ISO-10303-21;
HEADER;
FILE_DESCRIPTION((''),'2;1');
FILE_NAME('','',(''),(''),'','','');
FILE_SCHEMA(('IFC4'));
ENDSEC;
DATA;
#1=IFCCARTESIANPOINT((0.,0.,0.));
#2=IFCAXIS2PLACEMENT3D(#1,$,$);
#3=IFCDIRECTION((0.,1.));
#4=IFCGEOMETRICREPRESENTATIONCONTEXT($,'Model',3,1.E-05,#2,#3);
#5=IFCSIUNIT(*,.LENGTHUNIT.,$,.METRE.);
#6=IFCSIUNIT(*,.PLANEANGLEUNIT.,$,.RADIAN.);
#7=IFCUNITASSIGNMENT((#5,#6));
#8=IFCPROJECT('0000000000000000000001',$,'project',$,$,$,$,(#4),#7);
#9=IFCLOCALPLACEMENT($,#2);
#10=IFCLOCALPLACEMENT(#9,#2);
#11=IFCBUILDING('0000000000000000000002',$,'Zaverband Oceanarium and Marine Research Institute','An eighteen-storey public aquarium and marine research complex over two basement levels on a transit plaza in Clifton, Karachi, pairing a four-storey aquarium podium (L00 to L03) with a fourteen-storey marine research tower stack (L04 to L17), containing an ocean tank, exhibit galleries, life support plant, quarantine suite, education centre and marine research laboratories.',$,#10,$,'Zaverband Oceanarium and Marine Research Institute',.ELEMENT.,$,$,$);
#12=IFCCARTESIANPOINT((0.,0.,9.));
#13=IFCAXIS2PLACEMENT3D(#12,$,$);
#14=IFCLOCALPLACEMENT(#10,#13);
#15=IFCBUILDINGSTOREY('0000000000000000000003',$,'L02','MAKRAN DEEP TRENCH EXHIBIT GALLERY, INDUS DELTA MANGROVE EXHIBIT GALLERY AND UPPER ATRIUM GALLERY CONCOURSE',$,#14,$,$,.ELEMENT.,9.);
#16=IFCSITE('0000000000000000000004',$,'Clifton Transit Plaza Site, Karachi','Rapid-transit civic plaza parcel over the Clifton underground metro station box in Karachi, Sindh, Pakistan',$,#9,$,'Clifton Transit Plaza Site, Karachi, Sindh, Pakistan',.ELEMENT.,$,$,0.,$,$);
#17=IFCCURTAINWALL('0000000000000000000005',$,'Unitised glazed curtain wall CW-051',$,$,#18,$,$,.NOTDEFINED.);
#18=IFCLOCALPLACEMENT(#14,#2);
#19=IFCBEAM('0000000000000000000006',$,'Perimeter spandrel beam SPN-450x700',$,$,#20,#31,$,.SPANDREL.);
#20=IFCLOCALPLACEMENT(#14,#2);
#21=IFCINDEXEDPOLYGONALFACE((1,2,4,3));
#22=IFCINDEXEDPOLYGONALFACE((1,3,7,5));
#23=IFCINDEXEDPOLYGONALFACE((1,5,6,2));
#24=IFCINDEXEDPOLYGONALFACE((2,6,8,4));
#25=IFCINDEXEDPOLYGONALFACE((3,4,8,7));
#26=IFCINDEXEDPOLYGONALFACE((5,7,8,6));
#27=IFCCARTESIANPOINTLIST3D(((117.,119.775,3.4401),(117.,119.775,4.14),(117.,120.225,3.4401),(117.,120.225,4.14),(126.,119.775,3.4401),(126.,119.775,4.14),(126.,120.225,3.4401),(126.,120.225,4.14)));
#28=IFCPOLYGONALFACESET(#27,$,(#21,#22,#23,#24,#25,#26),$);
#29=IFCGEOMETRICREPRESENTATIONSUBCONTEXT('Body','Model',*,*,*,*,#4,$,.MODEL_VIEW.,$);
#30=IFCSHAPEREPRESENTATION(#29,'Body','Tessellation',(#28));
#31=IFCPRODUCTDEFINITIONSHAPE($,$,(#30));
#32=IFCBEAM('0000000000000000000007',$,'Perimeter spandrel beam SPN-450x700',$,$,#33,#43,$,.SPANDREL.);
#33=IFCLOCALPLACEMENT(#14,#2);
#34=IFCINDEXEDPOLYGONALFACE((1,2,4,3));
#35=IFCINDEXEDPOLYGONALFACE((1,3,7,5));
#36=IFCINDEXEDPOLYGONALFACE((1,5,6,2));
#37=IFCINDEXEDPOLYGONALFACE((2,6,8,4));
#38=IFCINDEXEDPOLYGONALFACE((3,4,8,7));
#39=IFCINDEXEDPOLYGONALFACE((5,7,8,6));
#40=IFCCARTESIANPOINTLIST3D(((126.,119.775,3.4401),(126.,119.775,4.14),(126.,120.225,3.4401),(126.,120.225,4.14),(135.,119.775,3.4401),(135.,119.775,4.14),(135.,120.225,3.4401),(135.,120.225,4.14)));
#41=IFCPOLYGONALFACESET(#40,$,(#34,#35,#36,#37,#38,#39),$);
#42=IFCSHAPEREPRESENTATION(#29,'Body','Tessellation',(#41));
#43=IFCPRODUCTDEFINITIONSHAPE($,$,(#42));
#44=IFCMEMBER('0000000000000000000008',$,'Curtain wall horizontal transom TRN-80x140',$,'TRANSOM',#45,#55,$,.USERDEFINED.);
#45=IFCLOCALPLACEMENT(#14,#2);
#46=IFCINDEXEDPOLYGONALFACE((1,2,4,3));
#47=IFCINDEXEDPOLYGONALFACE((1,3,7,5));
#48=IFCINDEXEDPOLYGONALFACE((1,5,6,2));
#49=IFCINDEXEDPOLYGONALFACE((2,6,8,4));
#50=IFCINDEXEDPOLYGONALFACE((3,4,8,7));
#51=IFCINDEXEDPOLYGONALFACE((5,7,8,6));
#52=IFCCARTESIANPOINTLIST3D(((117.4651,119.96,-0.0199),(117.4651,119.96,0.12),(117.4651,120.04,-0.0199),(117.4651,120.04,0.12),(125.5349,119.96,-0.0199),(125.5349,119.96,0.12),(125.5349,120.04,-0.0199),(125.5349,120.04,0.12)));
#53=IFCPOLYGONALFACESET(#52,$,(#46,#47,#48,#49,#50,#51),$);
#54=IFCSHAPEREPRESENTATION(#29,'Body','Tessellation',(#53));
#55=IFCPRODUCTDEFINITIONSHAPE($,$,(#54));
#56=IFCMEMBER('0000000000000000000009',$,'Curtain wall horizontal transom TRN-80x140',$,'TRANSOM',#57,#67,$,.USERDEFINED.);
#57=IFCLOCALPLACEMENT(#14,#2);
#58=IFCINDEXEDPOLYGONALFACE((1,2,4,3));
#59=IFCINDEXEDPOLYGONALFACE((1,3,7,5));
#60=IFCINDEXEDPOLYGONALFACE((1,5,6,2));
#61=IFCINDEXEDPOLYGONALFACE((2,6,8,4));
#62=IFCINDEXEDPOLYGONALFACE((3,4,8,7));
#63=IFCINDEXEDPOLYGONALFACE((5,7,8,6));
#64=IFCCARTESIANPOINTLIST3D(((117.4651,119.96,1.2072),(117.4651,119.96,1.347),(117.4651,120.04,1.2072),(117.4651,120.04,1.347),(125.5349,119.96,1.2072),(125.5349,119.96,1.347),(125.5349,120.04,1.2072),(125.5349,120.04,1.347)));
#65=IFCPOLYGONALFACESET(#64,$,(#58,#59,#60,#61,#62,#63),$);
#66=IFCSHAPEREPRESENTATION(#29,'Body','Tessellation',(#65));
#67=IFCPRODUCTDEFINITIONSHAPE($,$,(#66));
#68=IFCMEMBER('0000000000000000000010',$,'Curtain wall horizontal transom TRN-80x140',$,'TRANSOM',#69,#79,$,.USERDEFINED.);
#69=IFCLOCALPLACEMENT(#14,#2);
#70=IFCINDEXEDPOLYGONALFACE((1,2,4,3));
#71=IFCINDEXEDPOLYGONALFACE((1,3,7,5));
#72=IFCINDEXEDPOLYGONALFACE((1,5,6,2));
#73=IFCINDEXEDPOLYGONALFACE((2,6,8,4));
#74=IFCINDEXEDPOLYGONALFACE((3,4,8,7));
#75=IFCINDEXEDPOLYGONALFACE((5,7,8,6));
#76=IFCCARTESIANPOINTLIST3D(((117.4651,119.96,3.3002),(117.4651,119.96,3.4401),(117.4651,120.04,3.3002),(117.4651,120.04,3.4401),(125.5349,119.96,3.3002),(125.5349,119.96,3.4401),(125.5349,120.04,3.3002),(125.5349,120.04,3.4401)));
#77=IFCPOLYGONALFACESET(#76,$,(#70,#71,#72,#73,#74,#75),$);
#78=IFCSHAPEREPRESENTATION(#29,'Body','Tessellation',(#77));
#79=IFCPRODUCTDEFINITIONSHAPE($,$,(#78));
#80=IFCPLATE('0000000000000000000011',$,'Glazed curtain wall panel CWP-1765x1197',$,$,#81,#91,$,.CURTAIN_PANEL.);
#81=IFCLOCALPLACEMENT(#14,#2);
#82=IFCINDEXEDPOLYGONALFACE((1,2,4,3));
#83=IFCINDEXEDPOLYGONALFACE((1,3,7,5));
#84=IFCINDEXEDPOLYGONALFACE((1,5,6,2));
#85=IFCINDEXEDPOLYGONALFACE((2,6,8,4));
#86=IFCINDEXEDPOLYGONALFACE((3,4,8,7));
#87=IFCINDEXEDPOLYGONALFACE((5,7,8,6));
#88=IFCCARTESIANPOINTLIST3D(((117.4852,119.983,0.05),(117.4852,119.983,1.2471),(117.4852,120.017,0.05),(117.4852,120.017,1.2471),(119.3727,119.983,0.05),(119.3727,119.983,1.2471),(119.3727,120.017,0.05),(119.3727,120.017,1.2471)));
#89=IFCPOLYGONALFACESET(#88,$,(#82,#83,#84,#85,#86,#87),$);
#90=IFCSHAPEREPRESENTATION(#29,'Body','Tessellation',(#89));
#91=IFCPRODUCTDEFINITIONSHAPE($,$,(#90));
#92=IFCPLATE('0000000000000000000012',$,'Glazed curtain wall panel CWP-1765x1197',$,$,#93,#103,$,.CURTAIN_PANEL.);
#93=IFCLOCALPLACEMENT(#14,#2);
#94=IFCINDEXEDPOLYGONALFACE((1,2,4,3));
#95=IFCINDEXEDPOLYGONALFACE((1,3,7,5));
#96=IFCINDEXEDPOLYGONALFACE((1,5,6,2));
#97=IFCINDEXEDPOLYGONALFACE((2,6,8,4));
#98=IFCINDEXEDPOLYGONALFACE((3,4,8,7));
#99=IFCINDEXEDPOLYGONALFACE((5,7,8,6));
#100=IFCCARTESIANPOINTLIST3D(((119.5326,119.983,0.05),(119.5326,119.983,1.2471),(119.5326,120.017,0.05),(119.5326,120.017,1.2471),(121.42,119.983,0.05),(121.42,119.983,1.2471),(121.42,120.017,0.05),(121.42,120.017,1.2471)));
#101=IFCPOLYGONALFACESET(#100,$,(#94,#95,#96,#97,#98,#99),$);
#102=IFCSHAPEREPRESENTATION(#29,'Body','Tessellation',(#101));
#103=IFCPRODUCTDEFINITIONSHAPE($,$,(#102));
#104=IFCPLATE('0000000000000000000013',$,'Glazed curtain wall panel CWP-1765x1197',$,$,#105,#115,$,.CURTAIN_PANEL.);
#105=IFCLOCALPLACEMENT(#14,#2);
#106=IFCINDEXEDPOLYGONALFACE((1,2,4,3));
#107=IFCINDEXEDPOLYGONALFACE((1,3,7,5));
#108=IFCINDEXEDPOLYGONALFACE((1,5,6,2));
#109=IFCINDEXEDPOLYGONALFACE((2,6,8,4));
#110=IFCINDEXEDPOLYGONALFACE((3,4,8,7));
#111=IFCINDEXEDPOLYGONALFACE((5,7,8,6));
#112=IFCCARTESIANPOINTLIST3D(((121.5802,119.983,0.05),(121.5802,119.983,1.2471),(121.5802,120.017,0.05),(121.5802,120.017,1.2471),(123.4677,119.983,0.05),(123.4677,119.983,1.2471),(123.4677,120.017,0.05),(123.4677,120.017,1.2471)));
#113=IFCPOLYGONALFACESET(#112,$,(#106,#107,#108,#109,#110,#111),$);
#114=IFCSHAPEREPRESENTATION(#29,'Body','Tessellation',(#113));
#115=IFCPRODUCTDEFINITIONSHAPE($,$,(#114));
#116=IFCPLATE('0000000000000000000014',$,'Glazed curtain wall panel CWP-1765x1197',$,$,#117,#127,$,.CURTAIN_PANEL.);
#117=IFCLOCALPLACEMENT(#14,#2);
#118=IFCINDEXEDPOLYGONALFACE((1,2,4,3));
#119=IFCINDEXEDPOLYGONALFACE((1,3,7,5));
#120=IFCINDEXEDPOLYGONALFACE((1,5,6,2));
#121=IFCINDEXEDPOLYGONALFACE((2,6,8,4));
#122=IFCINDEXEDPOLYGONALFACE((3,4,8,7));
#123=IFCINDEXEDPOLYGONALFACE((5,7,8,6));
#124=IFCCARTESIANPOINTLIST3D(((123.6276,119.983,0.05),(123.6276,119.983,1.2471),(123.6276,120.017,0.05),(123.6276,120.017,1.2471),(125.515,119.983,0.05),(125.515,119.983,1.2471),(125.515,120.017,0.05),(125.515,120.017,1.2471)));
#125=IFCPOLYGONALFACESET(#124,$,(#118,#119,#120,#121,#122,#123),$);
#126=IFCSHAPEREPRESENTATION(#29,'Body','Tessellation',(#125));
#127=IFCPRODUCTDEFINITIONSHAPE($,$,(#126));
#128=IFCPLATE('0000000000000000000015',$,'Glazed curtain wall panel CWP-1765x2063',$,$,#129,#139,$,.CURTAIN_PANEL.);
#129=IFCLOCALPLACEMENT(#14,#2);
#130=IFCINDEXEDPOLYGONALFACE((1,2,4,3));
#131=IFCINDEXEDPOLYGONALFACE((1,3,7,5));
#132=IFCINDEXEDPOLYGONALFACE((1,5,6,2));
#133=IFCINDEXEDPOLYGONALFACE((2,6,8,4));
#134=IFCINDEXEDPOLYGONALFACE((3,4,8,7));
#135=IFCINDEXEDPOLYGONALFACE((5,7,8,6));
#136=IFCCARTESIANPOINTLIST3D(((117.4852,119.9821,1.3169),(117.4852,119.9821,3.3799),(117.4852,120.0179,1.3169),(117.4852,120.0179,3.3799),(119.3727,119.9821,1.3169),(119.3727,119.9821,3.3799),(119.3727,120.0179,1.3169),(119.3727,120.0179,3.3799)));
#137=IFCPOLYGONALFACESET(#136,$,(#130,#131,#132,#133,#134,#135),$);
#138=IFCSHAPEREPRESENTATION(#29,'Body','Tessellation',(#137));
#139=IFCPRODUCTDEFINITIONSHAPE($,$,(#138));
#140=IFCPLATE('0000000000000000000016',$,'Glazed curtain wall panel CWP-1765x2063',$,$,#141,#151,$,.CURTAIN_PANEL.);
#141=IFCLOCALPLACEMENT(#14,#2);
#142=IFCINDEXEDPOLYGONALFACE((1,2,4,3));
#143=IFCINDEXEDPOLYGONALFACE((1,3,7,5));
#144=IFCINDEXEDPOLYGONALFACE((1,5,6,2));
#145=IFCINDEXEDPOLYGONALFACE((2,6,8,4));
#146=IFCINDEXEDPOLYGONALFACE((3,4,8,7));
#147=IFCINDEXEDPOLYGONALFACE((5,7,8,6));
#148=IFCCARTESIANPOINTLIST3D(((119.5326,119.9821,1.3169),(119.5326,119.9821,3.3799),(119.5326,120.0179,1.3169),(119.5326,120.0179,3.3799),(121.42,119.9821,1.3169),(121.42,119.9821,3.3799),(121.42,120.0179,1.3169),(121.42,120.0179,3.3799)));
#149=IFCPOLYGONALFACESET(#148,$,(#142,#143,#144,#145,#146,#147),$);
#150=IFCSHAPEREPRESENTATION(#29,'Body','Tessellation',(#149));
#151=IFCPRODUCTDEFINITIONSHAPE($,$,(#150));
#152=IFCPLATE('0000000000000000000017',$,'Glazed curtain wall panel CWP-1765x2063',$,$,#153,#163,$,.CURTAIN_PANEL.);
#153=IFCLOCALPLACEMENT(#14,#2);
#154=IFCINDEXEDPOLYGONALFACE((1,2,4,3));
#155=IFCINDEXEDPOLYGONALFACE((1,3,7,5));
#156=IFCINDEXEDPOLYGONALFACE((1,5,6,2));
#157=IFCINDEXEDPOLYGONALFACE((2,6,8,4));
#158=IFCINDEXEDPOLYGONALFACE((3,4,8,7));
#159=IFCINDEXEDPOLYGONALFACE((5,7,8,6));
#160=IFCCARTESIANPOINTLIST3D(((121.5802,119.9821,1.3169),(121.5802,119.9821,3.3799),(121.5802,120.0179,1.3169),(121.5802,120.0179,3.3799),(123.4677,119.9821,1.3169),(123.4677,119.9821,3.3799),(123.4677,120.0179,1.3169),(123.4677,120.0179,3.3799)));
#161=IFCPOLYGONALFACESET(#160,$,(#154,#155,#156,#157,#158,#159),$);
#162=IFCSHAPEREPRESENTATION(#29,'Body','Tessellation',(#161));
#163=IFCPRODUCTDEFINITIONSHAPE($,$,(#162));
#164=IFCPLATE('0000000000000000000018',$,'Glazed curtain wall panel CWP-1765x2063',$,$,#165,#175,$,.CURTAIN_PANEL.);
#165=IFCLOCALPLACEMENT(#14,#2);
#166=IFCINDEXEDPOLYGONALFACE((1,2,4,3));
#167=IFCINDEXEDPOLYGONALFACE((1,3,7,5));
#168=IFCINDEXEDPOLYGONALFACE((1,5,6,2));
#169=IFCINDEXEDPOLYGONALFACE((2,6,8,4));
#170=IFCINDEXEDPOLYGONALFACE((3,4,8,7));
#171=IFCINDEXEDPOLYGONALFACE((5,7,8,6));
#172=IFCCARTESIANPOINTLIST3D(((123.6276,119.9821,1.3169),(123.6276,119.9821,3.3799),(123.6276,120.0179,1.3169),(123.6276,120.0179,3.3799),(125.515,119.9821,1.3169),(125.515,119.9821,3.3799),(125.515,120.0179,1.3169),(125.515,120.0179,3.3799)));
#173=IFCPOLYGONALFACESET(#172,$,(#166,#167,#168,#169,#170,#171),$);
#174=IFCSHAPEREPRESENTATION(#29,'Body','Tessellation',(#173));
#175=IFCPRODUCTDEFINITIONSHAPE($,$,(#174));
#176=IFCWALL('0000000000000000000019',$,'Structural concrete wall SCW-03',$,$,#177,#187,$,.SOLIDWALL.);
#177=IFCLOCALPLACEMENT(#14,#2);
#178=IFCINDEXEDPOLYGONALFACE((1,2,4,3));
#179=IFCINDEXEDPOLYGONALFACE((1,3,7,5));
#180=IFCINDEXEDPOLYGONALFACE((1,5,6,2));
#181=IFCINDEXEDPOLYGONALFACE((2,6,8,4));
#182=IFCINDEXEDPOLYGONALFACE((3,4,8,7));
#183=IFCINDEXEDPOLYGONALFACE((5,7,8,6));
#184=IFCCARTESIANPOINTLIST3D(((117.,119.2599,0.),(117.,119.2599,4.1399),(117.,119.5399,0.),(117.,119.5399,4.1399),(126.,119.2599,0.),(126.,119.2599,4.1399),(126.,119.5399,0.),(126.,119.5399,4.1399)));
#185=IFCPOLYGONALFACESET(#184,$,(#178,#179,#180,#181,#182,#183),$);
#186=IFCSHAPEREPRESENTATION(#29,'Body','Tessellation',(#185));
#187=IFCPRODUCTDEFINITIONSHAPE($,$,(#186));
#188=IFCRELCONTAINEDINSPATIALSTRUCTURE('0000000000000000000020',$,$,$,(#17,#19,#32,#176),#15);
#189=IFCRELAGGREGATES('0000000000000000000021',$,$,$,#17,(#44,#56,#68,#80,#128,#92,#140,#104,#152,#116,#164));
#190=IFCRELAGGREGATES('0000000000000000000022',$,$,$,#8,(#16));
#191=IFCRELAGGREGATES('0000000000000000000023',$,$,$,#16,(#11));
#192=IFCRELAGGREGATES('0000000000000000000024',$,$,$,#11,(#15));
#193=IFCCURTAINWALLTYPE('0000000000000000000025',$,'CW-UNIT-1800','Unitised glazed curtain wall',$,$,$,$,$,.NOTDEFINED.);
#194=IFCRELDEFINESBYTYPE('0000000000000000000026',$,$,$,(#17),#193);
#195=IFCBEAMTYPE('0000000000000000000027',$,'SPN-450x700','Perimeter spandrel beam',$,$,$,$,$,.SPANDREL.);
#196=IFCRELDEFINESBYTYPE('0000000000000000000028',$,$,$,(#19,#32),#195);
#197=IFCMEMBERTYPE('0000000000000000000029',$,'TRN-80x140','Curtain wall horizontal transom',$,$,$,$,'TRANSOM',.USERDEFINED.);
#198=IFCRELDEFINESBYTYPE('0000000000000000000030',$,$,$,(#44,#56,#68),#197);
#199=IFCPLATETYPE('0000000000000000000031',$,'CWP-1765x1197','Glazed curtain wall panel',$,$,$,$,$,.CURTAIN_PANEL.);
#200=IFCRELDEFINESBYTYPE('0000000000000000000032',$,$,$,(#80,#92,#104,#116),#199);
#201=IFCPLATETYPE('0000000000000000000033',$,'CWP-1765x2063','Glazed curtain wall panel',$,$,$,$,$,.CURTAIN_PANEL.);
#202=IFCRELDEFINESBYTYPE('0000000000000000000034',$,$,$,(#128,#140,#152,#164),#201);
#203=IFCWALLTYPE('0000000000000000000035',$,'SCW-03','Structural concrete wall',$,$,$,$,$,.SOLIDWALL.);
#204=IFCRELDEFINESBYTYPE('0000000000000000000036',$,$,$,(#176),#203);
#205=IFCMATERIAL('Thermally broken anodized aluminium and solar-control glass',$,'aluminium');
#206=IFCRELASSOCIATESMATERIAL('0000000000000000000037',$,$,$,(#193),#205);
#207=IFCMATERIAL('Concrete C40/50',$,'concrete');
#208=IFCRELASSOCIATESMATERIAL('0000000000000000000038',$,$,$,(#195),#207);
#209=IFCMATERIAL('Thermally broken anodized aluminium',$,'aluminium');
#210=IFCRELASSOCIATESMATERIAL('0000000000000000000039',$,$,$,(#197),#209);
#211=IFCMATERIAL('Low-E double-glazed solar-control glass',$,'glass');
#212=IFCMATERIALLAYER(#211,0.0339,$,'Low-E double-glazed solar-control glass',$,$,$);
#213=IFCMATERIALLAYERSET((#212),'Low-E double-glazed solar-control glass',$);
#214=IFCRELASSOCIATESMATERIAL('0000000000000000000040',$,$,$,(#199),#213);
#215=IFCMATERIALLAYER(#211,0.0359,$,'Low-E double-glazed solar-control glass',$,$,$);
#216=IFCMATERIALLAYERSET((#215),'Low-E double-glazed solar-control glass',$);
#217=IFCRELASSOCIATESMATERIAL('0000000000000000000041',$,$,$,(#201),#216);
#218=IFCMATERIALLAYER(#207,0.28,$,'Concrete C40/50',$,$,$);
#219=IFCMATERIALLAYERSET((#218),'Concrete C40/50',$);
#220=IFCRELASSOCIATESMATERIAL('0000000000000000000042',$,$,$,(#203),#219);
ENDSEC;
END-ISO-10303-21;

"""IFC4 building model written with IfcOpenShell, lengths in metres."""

from ifc_helpers import new_model, si_unit, direction, frame, frame_2d, origin, origin_2d, place, context, subcontext, project, spatial, rectangle, extrude, material, layer, layer_set, material_profile, profile_set, type_object, element, aggregate, save


model = new_model("IFC4")

# Units and contexts
model_context = context("Model", 3, precision=1e-05, world=origin(), true_north=direction((0.0, 1.0)))
body_context = subcontext(model_context, "Body", "Model", "MODEL_VIEW")
ifc_project = project(units=[si_unit("LENGTHUNIT", "METRE"), si_unit("PLANEANGLEUNIT", "RADIAN")], contexts=[model_context])

# Site, building, storey
site_placement = place(None, origin())
site = spatial("IfcSite", under=ifc_project, at=site_placement, Name="Clifton Transit Plaza Site, Karachi", Description="Rapid-transit civic plaza parcel over the Clifton underground metro station box in Karachi, Sindh, Pakistan", LongName="Clifton Transit Plaza Site, Karachi, Sindh, Pakistan", CompositionType="ELEMENT", RefElevation=0.0)
building_placement = place(site_placement, origin())
building = spatial("IfcBuilding", under=site, at=building_placement, Name="Zaverband Oceanarium and Marine Research Institute", Description="An eighteen-storey public aquarium and marine research complex over two basement levels on a transit plaza in Clifton, Karachi, pairing a four-storey aquarium podium (L00 to L03) with a fourteen-storey marine research tower stack (L04 to L17), containing an ocean tank, exhibit galleries, life support plant, quarantine suite, education centre and marine research laboratories.", LongName="Zaverband Oceanarium and Marine Research Institute", CompositionType="ELEMENT")
storey_placement = place(building_placement, frame((0.0, 0.0, 9.0)))
storey = spatial("IfcBuildingStorey", under=building, at=storey_placement, Name="L02", Description="MAKRAN DEEP TRENCH EXHIBIT GALLERY, INDUS DELTA MANGROVE EXHIBIT GALLERY AND UPPER ATRIUM GALLERY CONCOURSE", CompositionType="ELEMENT", Elevation=9.0)

# Shared definitions
ifc_material_1 = material(Name="Concrete C40/50", Category="concrete")

# Curtain wall
ifc_material_2 = material(Name="Thermally broken anodized aluminium and solar-control glass", Category="aluminium")
curtain_wall_type = type_object("IfcCurtainWallType", Name="CW-UNIT-1800", Description="Unitised glazed curtain wall", PredefinedType="NOTDEFINED", material=ifc_material_2)
curtain_wall_placement = place(storey_placement, origin())
curtain_wall = element("IfcCurtainWall", 1, at=curtain_wall_placement, inside=storey, type_object=curtain_wall_type, Name="Unitised glazed curtain wall CW-051", PredefinedType="NOTDEFINED")
ifc_material_3 = material(Name="Thermally broken anodized aluminium", Category="aluminium")

# Beams
ifc_material_profile_1 = material_profile(ifc_material_1, rectangle(XDim=0.45, YDim=0.7, at=origin_2d()), Name="RC450x700")
ifc_profile_set_1 = profile_set([ifc_material_profile_1], Name="Concrete C40/50")
beam_type_1 = type_object("IfcBeamType", Name="SPN-450x700", Description="Perimeter spandrel beam", PredefinedType="SPANDREL", material=ifc_profile_set_1)
for number, where, z_axis, x_axis, name in (
    (2, (117.0, 120.0, 3.79), (1.0, 0.0, 0.0), (0.0, 1.0, 0.0), "Perimeter spandrel beam SPN-450x700"),
    (3, (126.0, 120.0, 3.79), (1.0, 0.0, 0.0), (0.0, 1.0, 0.0), "Perimeter spandrel beam SPN-450x700"),
):
    element("IfcBeam", number, at=place(storey_placement, frame(where, z_axis=z_axis, x_axis=x_axis)), inside=storey, type_object=beam_type_1, Name=name, PredefinedType="SPANDREL", context=body_context, shape_type="SweptSolid", body=[
        extrude(rectangle(XDim=0.45, YDim=0.7, at=origin_2d()), origin(), (0.0, 0.0, 1.0), 9.0),
    ])

# Members
ifc_material_profile_2 = material_profile(ifc_material_3, rectangle(XDim=0.0801, YDim=0.1399, at=origin_2d()), Name="AL-TRN-80x140")
ifc_profile_set_2 = profile_set([ifc_material_profile_2], Name="Thermally broken anodized aluminium")
member_type_1 = type_object("IfcMemberType", Name="TRN-80x140", Description="Curtain wall horizontal transom", ElementType="TRANSOM", PredefinedType="USERDEFINED", material=ifc_profile_set_2)
member_1_placement = place(storey_placement, frame((117.4651, 120.0, 0.05), z_axis=(1.0, 0.0, 0.0), x_axis=(0.0, 1.0, 0.0)))
member_1 = element("IfcMember", 4, at=member_1_placement, type_object=member_type_1, Name="Curtain wall horizontal transom TRN-80x140", ObjectType="TRANSOM", PredefinedType="USERDEFINED", context=body_context, shape_type="SweptSolid", body=[
    extrude(rectangle(XDim=0.0801, YDim=0.1399, at=origin_2d()), origin(), (0.0, 0.0, 1.0), 8.0698),
])
member_2_placement = place(storey_placement, frame((117.4651, 120.0, 1.2771), z_axis=(1.0, 0.0, 0.0), x_axis=(0.0, 1.0, 0.0)))
member_2 = element("IfcMember", 5, at=member_2_placement, type_object=member_type_1, Name="Curtain wall horizontal transom TRN-80x140", ObjectType="TRANSOM", PredefinedType="USERDEFINED", context=body_context, shape_type="SweptSolid", body=[
    extrude(rectangle(XDim=0.0801, YDim=0.1399, at=origin_2d()), origin(), (0.0, 0.0, 1.0), 8.0698),
])
member_3_placement = place(storey_placement, frame((117.4651, 120.0, 3.3701), z_axis=(1.0, 0.0, 0.0), x_axis=(0.0, 1.0, 0.0)))
member_3 = element("IfcMember", 6, at=member_3_placement, type_object=member_type_1, Name="Curtain wall horizontal transom TRN-80x140", ObjectType="TRANSOM", PredefinedType="USERDEFINED", context=body_context, shape_type="SweptSolid", body=[
    extrude(rectangle(XDim=0.0801, YDim=0.1399, at=origin_2d()), origin(), (0.0, 0.0, 1.0), 8.0698),
])

# Plates
ifc_material_4 = material(Name="Low-E double-glazed solar-control glass", Category="glass")
ifc_layer_1 = layer(ifc_material_4, 0.0339, Name="Low-E double-glazed solar-control glass")
ifc_layer_set_1 = layer_set([ifc_layer_1], Name="Low-E double-glazed solar-control glass")
plate_type_1 = type_object("IfcPlateType", Name="CWP-1765x1197", Description="Glazed curtain wall panel", PredefinedType="CURTAIN_PANEL", material=ifc_layer_set_1)
plate_1_placement = place(storey_placement, frame((117.4851, 120.0, 0.05), z_axis=(0.0, 0.0, 1.0), x_axis=(1.0, 0.0, 0.0)))
plate_1 = element("IfcPlate", 7, at=plate_1_placement, type_object=plate_type_1, Name="Glazed curtain wall panel CWP-1765x1197", PredefinedType="CURTAIN_PANEL", context=body_context, shape_type="SweptSolid", body=[
    extrude(rectangle(XDim=1.8875, YDim=0.0339, at=frame_2d((0.9438, 0.0))), origin(), (0.0, 0.0, 1.0), 1.197),
])
plate_2_placement = place(storey_placement, frame((119.5325, 120.0, 0.05), z_axis=(0.0, 0.0, 1.0), x_axis=(1.0, 0.0, 0.0)))
plate_2 = element("IfcPlate", 8, at=plate_2_placement, type_object=plate_type_1, Name="Glazed curtain wall panel CWP-1765x1197", PredefinedType="CURTAIN_PANEL", context=body_context, shape_type="SweptSolid", body=[
    extrude(rectangle(XDim=1.8875, YDim=0.0339, at=frame_2d((0.9438, 0.0))), origin(), (0.0, 0.0, 1.0), 1.197),
])
plate_3_placement = place(storey_placement, frame((121.5801, 120.0, 0.05), z_axis=(0.0, 0.0, 1.0), x_axis=(1.0, 0.0, 0.0)))
plate_3 = element("IfcPlate", 9, at=plate_3_placement, type_object=plate_type_1, Name="Glazed curtain wall panel CWP-1765x1197", PredefinedType="CURTAIN_PANEL", context=body_context, shape_type="SweptSolid", body=[
    extrude(rectangle(XDim=1.8875, YDim=0.0339, at=frame_2d((0.9438, 0.0))), origin(), (0.0, 0.0, 1.0), 1.197),
])
plate_4_placement = place(storey_placement, frame((123.6274, 120.0, 0.05), z_axis=(0.0, 0.0, 1.0), x_axis=(1.0, 0.0, 0.0)))
plate_4 = element("IfcPlate", 10, at=plate_4_placement, type_object=plate_type_1, Name="Glazed curtain wall panel CWP-1765x1197", PredefinedType="CURTAIN_PANEL", context=body_context, shape_type="SweptSolid", body=[
    extrude(rectangle(XDim=1.8875, YDim=0.0339, at=frame_2d((0.9438, 0.0))), origin(), (0.0, 0.0, 1.0), 1.197),
])
ifc_layer_2 = layer(ifc_material_4, 0.0359, Name="Low-E double-glazed solar-control glass")
ifc_layer_set_2 = layer_set([ifc_layer_2], Name="Low-E double-glazed solar-control glass")
plate_type_2 = type_object("IfcPlateType", Name="CWP-1765x2063", Description="Glazed curtain wall panel", PredefinedType="CURTAIN_PANEL", material=ifc_layer_set_2)
plate_5_placement = place(storey_placement, frame((117.4851, 120.0, 1.3169), z_axis=(0.0, 0.0, 1.0), x_axis=(1.0, 0.0, 0.0)))
plate_5 = element("IfcPlate", 11, at=plate_5_placement, type_object=plate_type_2, Name="Glazed curtain wall panel CWP-1765x2063", PredefinedType="CURTAIN_PANEL", context=body_context, shape_type="SweptSolid", body=[
    extrude(rectangle(XDim=1.8875, YDim=0.0359, at=frame_2d((0.9438, 0.0))), origin(), (0.0, 0.0, 1.0), 2.063),
])
plate_6_placement = place(storey_placement, frame((119.5325, 120.0, 1.3169), z_axis=(0.0, 0.0, 1.0), x_axis=(1.0, 0.0, 0.0)))
plate_6 = element("IfcPlate", 12, at=plate_6_placement, type_object=plate_type_2, Name="Glazed curtain wall panel CWP-1765x2063", PredefinedType="CURTAIN_PANEL", context=body_context, shape_type="SweptSolid", body=[
    extrude(rectangle(XDim=1.8875, YDim=0.0359, at=frame_2d((0.9438, 0.0))), origin(), (0.0, 0.0, 1.0), 2.063),
])
plate_7_placement = place(storey_placement, frame((121.5801, 120.0, 1.3169), z_axis=(0.0, 0.0, 1.0), x_axis=(1.0, 0.0, 0.0)))
plate_7 = element("IfcPlate", 13, at=plate_7_placement, type_object=plate_type_2, Name="Glazed curtain wall panel CWP-1765x2063", PredefinedType="CURTAIN_PANEL", context=body_context, shape_type="SweptSolid", body=[
    extrude(rectangle(XDim=1.8875, YDim=0.0359, at=frame_2d((0.9438, 0.0))), origin(), (0.0, 0.0, 1.0), 2.063),
])
plate_8_placement = place(storey_placement, frame((123.6274, 120.0, 1.3169), z_axis=(0.0, 0.0, 1.0), x_axis=(1.0, 0.0, 0.0)))
plate_8 = element("IfcPlate", 14, at=plate_8_placement, type_object=plate_type_2, Name="Glazed curtain wall panel CWP-1765x2063", PredefinedType="CURTAIN_PANEL", context=body_context, shape_type="SweptSolid", body=[
    extrude(rectangle(XDim=1.8875, YDim=0.0359, at=frame_2d((0.9438, 0.0))), origin(), (0.0, 0.0, 1.0), 2.063),
])
aggregate(curtain_wall, [member_1, member_2, member_3, plate_1, plate_5, plate_2, plate_6, plate_3, plate_7, plate_4, plate_8])

# Wall
ifc_layer_3 = layer(ifc_material_1, 0.28, Name="Concrete C40/50")
ifc_layer_set_3 = layer_set([ifc_layer_3], Name="Concrete C40/50")
wall_type = type_object("IfcWallType", Name="SCW-03", Description="Structural concrete wall", PredefinedType="SOLIDWALL", material=ifc_layer_set_3)
wall_placement = place(storey_placement, frame((117.0, 119.3999, 0.0), z_axis=(0.0, 0.0, 1.0), x_axis=(1.0, 0.0, 0.0)))
element("IfcWall", 15, at=wall_placement, inside=storey, type_object=wall_type, Name="Structural concrete wall SCW-03", PredefinedType="SOLIDWALL", context=body_context, shape_type="SweptSolid", body=[
    extrude(rectangle(XDim=9.0, YDim=0.28, at=frame_2d((4.5, 0.0))), origin(), (0.0, 0.0, 1.0), 4.1399),
])

save(model, "model.ifc")
